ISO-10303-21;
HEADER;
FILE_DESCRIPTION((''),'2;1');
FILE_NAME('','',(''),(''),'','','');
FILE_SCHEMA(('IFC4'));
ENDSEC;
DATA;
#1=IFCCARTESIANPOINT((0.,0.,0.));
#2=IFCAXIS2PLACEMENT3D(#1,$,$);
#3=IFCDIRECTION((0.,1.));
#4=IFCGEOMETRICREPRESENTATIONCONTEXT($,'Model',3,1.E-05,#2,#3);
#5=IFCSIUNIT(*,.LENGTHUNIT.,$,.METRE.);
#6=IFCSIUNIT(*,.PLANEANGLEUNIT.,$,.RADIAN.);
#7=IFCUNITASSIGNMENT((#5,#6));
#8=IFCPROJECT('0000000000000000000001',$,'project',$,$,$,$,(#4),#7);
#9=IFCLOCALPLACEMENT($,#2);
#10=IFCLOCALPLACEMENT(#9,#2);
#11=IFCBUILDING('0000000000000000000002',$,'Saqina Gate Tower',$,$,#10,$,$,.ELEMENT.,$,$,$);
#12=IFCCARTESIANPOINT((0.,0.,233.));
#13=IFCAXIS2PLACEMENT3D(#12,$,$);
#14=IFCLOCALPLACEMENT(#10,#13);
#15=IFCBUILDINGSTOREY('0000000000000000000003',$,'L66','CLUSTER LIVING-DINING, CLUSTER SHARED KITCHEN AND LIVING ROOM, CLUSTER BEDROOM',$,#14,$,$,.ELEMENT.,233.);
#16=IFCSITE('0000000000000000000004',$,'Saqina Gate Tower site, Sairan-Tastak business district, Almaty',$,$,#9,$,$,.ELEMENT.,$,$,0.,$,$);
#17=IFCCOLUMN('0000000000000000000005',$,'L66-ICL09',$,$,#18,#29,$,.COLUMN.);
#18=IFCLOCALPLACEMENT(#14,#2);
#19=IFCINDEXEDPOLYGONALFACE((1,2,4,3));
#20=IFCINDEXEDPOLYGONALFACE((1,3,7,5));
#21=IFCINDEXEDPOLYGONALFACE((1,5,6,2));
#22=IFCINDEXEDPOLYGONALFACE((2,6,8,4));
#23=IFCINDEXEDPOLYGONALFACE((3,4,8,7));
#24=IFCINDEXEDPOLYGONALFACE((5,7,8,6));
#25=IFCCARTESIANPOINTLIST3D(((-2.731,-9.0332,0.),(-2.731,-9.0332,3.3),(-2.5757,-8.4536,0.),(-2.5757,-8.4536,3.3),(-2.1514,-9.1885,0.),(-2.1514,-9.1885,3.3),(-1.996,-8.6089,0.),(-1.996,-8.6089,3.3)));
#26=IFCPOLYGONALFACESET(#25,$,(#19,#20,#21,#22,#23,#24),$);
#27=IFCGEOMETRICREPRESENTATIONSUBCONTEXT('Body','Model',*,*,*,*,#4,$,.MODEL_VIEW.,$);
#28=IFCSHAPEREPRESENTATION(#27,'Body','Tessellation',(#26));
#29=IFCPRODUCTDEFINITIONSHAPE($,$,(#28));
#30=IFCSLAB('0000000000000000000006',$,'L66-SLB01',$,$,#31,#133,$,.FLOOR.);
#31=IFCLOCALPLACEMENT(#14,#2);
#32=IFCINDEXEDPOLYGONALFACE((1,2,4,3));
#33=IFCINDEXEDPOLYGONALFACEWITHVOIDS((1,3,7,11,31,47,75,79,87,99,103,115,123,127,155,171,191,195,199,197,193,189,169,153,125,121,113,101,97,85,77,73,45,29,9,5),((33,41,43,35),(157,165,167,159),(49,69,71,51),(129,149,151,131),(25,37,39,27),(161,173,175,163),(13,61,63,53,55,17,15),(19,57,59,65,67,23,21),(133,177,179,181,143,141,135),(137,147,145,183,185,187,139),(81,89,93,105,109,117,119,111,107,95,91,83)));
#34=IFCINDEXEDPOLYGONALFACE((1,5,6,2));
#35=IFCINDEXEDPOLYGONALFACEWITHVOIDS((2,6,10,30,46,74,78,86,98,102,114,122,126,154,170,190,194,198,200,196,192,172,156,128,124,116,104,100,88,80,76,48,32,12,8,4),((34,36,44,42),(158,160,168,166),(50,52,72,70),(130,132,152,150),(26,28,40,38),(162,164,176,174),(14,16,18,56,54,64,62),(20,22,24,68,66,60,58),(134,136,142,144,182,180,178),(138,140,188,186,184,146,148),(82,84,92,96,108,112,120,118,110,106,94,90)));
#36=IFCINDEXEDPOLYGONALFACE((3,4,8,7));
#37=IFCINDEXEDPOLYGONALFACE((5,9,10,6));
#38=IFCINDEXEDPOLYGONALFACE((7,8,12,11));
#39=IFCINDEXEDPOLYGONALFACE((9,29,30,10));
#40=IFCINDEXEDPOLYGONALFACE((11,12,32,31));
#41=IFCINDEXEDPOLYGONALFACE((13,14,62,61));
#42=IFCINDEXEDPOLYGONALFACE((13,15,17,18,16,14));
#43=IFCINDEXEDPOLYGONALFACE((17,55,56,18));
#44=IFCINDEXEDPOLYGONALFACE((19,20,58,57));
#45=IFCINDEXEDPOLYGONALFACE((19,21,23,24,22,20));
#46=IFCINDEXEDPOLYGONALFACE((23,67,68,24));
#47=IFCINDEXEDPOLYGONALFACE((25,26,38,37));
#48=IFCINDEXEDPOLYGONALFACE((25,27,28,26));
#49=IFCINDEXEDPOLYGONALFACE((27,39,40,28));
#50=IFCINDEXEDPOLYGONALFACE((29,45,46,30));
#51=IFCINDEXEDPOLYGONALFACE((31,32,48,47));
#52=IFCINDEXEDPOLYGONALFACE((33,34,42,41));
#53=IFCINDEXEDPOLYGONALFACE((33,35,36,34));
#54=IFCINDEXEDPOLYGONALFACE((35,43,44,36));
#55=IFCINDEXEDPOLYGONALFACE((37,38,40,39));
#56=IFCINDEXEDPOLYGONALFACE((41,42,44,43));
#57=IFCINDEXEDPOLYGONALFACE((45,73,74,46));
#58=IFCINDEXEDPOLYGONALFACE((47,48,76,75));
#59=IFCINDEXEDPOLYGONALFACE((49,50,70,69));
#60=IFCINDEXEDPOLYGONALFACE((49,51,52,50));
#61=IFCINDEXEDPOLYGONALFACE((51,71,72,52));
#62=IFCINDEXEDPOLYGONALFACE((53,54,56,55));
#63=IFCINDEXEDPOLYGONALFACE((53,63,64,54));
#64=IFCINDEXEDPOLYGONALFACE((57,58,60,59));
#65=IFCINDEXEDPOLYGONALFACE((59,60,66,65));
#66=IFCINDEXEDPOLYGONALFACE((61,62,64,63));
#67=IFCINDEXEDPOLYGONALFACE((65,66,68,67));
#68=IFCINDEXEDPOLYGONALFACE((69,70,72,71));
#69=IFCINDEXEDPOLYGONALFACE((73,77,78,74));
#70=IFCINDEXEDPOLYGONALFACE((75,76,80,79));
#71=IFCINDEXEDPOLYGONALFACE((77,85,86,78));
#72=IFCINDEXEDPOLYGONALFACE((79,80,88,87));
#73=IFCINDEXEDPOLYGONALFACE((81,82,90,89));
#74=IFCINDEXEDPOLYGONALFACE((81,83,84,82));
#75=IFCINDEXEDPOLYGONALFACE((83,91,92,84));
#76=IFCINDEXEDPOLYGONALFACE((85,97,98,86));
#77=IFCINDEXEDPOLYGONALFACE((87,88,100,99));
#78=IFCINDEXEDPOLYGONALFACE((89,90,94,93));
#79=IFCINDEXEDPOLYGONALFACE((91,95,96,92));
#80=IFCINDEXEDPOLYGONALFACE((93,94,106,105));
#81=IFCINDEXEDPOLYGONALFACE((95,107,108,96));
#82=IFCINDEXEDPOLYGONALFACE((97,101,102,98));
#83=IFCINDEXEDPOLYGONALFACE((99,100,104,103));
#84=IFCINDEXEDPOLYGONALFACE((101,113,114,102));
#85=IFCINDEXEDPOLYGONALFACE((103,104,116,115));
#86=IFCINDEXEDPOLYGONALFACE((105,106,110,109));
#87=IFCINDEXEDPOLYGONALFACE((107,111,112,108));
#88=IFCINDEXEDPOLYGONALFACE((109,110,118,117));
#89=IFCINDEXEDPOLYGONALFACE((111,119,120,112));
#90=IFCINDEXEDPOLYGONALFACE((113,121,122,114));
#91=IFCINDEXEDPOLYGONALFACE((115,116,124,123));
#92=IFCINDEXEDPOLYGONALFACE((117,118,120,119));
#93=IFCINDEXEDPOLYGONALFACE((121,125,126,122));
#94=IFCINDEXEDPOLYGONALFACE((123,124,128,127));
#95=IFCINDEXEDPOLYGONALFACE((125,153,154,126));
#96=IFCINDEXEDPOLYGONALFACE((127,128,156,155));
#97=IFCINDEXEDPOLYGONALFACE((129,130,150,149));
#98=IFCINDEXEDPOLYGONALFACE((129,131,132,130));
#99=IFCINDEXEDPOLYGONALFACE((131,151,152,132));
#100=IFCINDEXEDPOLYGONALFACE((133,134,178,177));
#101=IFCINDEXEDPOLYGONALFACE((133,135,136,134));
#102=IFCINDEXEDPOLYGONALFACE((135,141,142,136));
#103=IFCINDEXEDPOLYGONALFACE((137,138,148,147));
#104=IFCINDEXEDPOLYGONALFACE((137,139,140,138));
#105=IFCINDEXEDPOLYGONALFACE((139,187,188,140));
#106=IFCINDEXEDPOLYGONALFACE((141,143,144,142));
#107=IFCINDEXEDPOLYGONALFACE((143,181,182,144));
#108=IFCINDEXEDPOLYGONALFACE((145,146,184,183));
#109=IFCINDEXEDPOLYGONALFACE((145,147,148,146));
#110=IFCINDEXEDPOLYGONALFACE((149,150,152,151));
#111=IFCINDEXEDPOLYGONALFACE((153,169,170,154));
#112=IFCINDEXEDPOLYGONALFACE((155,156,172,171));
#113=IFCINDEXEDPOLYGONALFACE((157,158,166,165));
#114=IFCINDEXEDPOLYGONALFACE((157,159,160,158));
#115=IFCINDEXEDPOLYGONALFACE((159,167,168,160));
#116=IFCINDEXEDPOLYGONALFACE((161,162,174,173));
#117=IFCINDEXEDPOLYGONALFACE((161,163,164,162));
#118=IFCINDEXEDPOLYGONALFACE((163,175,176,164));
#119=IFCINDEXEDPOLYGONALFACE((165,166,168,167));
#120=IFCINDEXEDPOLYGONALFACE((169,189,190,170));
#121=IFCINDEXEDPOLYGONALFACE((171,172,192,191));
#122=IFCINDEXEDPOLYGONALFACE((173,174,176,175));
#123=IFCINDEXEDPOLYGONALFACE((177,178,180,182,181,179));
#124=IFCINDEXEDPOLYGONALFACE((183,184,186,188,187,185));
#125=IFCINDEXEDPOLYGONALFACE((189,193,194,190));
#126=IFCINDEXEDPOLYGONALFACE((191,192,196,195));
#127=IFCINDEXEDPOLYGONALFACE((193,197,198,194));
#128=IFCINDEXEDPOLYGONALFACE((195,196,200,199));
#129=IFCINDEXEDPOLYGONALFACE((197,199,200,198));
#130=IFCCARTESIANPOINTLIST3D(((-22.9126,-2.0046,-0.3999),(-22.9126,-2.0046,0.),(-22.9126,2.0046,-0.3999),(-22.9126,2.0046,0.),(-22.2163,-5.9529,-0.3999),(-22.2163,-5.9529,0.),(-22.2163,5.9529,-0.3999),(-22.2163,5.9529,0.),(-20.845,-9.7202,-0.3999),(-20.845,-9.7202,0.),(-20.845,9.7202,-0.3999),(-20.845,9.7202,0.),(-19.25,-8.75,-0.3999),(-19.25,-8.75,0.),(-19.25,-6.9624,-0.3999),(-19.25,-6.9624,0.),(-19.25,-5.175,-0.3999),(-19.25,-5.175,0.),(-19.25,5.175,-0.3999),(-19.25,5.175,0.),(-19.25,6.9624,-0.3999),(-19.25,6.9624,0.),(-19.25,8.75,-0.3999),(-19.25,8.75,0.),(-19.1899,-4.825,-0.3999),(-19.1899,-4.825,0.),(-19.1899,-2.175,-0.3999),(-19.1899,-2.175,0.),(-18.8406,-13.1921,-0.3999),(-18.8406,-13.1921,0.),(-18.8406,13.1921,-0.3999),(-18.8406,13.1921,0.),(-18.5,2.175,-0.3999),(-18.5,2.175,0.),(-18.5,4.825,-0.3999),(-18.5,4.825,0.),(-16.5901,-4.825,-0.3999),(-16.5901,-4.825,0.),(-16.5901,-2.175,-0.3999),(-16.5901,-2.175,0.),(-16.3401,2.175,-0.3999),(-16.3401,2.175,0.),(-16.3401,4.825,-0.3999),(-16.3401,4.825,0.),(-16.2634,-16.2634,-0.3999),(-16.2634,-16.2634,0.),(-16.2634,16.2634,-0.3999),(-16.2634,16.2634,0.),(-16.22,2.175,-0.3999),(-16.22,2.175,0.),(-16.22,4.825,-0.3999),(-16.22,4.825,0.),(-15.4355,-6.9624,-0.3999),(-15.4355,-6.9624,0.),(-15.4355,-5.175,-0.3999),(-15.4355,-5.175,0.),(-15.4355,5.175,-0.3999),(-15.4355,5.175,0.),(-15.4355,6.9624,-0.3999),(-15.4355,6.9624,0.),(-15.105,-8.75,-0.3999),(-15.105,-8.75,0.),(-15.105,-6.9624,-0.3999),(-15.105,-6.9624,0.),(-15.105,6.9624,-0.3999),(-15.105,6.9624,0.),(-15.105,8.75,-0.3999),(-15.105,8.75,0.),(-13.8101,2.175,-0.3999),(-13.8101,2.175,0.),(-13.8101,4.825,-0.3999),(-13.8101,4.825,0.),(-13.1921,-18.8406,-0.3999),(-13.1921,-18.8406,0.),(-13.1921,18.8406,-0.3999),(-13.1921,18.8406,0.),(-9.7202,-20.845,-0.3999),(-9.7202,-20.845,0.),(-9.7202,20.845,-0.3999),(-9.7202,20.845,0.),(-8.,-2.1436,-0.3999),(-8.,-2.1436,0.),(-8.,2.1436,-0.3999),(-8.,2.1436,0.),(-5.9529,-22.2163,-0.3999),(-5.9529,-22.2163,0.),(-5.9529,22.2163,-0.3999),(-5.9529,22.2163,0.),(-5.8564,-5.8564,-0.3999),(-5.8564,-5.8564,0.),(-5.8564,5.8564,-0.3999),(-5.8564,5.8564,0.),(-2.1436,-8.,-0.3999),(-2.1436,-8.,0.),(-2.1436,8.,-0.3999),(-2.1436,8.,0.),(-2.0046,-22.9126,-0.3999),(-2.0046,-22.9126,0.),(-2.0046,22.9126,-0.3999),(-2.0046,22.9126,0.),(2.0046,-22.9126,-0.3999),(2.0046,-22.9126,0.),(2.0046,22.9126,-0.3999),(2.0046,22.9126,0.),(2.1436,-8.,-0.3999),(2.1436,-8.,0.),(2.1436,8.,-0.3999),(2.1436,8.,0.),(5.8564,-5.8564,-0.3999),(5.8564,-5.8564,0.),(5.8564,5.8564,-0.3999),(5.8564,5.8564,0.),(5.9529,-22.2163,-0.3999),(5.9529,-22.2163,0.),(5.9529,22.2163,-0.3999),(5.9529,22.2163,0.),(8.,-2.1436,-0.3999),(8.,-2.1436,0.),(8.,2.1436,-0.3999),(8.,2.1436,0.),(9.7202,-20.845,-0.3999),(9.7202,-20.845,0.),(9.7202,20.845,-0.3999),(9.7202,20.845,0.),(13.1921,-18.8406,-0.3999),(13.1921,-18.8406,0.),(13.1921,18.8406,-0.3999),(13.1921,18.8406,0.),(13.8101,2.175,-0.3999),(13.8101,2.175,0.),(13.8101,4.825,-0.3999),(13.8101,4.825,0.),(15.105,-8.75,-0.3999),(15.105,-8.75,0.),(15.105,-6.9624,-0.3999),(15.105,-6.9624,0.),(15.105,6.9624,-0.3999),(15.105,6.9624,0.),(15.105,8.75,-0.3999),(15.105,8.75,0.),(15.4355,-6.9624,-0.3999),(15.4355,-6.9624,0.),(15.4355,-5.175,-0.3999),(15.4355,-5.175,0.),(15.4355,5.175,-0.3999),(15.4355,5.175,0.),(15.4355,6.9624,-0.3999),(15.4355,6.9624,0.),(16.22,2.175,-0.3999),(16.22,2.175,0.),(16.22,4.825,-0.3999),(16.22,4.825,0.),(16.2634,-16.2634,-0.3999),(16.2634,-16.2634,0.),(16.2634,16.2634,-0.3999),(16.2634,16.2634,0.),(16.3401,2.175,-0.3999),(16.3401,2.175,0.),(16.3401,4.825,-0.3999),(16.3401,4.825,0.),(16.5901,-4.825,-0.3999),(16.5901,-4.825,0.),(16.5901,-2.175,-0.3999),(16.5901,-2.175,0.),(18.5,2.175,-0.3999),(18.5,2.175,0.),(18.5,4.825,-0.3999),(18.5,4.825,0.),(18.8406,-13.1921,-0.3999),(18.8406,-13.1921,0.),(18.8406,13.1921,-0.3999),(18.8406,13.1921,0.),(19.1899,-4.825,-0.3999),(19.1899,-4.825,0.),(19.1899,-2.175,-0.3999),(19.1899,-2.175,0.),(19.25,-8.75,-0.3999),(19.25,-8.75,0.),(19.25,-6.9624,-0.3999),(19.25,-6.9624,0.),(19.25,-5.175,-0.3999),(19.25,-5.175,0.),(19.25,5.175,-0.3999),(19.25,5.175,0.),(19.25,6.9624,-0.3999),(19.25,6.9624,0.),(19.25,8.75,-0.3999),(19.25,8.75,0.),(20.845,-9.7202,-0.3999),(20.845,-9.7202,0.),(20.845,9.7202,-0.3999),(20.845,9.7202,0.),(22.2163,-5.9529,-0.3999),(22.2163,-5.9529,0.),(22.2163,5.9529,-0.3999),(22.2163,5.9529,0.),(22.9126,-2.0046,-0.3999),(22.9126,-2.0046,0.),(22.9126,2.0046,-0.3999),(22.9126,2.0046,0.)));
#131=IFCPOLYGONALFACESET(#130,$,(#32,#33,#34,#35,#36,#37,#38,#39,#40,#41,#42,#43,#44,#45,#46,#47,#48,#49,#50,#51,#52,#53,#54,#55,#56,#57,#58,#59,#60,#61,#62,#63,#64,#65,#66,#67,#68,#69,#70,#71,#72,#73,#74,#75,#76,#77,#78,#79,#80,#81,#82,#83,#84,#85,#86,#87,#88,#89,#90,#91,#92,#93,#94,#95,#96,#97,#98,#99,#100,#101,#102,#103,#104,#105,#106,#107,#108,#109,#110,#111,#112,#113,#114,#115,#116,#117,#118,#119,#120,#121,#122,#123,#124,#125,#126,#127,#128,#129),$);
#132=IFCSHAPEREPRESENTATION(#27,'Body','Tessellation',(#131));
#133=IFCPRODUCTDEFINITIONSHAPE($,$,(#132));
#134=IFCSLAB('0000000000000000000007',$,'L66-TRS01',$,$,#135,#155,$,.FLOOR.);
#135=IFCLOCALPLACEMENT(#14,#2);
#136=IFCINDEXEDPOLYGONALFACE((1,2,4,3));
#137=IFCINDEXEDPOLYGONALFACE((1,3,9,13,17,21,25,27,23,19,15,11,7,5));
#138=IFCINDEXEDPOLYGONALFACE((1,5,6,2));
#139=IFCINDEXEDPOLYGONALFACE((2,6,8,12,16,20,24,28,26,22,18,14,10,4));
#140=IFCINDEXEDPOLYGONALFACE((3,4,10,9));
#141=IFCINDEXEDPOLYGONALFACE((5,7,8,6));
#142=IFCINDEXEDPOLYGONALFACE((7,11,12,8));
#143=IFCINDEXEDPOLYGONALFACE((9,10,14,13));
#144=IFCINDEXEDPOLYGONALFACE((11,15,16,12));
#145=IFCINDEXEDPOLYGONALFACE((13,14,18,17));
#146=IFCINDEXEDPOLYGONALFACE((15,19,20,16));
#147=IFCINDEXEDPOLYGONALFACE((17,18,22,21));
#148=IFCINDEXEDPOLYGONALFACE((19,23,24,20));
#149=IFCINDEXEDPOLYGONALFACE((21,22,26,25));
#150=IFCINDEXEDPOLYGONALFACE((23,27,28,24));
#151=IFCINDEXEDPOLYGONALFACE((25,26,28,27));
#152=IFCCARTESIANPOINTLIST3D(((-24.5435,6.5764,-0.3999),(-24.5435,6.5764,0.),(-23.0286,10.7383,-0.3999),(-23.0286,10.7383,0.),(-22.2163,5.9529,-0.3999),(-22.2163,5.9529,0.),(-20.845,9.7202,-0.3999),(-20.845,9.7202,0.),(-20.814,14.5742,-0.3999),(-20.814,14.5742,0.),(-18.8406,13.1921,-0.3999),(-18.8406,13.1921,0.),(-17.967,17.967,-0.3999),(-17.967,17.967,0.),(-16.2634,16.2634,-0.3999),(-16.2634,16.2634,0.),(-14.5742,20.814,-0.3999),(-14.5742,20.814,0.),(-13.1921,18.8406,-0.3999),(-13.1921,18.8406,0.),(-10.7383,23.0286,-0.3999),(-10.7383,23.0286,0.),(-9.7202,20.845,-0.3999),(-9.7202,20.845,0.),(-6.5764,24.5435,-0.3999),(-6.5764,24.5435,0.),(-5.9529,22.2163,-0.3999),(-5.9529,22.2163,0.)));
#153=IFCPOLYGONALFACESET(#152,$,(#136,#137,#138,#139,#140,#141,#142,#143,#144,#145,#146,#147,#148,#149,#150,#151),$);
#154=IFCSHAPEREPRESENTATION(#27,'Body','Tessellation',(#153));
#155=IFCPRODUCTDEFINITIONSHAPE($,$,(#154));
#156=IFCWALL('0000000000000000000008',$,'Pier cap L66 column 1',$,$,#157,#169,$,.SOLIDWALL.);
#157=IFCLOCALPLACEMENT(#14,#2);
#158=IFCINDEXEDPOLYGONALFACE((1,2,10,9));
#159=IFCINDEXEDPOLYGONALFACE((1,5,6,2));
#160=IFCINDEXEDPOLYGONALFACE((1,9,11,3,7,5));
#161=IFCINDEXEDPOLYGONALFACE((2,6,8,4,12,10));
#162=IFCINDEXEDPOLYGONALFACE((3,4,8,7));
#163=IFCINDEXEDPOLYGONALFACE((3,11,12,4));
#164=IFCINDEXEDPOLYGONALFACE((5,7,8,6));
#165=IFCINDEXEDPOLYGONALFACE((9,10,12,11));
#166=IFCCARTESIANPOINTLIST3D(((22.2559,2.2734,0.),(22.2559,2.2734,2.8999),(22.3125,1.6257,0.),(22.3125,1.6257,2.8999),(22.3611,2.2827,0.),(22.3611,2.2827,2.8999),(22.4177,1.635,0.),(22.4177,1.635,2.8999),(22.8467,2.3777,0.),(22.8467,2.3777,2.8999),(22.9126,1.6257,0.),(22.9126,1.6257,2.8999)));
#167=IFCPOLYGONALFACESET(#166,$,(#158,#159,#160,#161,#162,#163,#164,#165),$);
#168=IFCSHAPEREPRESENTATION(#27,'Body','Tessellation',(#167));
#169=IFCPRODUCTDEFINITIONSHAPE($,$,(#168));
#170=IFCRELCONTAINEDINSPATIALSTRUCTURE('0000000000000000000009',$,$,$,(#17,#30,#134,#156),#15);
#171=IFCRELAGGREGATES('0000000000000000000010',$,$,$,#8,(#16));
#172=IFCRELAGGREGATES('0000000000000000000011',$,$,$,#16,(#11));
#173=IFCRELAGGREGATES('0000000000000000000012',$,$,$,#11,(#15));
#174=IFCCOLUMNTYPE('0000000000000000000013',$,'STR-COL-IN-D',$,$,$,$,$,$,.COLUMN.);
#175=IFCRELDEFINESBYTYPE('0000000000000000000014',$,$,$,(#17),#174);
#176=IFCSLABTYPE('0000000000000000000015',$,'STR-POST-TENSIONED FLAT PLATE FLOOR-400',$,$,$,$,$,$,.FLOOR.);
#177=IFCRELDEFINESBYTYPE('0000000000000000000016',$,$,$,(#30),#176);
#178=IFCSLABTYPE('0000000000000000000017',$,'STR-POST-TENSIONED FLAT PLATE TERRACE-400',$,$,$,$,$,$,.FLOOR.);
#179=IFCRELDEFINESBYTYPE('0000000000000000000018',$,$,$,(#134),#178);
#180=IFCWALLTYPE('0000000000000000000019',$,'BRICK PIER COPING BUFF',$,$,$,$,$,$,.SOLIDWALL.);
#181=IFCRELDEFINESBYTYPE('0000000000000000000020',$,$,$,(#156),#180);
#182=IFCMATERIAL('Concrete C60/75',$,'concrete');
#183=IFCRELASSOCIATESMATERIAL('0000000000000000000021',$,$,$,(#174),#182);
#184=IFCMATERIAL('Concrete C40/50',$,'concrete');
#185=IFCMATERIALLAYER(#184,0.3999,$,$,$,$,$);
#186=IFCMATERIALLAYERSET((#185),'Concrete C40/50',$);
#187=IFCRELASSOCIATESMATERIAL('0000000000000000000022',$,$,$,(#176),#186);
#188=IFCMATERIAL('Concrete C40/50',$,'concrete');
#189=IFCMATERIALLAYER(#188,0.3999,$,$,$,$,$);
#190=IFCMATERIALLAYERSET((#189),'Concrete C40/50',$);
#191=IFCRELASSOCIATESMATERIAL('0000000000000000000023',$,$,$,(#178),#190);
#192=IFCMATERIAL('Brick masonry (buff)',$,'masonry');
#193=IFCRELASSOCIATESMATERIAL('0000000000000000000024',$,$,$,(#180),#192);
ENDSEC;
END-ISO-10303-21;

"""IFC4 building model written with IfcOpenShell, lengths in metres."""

from ifc_helpers import new_model, si_unit, direction, frame, origin, origin_2d, place, context, subcontext, project, spatial, polyline, rectangle, outline, extrude, material, layer, layer_set, material_profile, profile_set, type_object, element, save


model = new_model("IFC4")

# Units and contexts
model_context = context("Model", 3, precision=1e-05, world=origin(), true_north=direction((0.0, 1.0)))
body_context = subcontext(model_context, "Body", "Model", "MODEL_VIEW")
ifc_project = project(units=[si_unit("LENGTHUNIT", "METRE"), si_unit("PLANEANGLEUNIT", "RADIAN")], contexts=[model_context])

# Site, building, storey
site_placement = place(None, origin())
site = spatial("IfcSite", under=ifc_project, at=site_placement, Name="Saqina Gate Tower site, Sairan-Tastak business district, Almaty", CompositionType="ELEMENT", RefElevation=0.0)
building_placement = place(site_placement, origin())
building = spatial("IfcBuilding", under=site, at=building_placement, Name="Saqina Gate Tower", CompositionType="ELEMENT")
storey_placement = place(building_placement, frame((0.0, 0.0, 233.0)))
storey = spatial("IfcBuildingStorey", under=building, at=storey_placement, Name="L66", Description="CLUSTER LIVING-DINING, CLUSTER SHARED KITCHEN AND LIVING ROOM, CLUSTER BEDROOM", CompositionType="ELEMENT", Elevation=233.0)

# Column
ifc_material_1 = material(Name="Concrete C60/75", Category="concrete")
ifc_material_profile = material_profile(ifc_material_1, rectangle(XDim=0.6001, YDim=0.6001, at=origin_2d()), Name="RC 600x600")
ifc_profile_set = profile_set([ifc_material_profile], Name="Concrete C60/75")
column_type = type_object("IfcColumnType", Name="STR-COL-IN-D", PredefinedType="COLUMN", material=ifc_profile_set)
column_placement = place(storey_placement, frame((-2.3635, -8.821, 0.0), z_axis=(0.0, 0.0, 1.0), x_axis=(-0.258819, -0.965926, 0.0)))
element("IfcColumn", 1, at=column_placement, inside=storey, type_object=column_type, Name="L66-ICL09", PredefinedType="COLUMN", context=body_context, shape_type="SweptSolid", body=[
    extrude(rectangle(XDim=0.6001, YDim=0.6001, at=origin_2d()), origin(), (0.0, 0.0, 1.0), 3.3),
])

# Slabs
ifc_material_2 = material(Name="Concrete C40/50", Category="concrete")
ifc_layer_1 = layer(ifc_material_2, 0.3999)
ifc_layer_set_1 = layer_set([ifc_layer_1], Name="Concrete C40/50")
slab_type_1 = type_object("IfcSlabType", Name="STR-POST-TENSIONED FLAT PLATE FLOOR-400", PredefinedType="FLOOR", material=ifc_layer_set_1)
slab_1_placement = place(storey_placement, frame((0.0, 0.0, -0.3999)))
element("IfcSlab", 2, at=slab_1_placement, inside=storey, type_object=slab_type_1, Name="L66-SLB01", PredefinedType="FLOOR", context=body_context, shape_type="SweptSolid", body=[
    extrude(outline(polyline([(22.2163, -5.9529), (22.9126, -2.0046), (22.9126, 2.0046), (22.2163, 5.9529), (20.845, 9.7202), (18.8406, 13.1921), (16.2634, 16.2634), (13.1921, 18.8406), (9.7202, 20.845), (5.9529, 22.2163), (2.0046, 22.9126), (-2.0046, 22.9126), (-5.9529, 22.2163), (-9.7202, 20.845), (-13.1921, 18.8406), (-16.2634, 16.2634), (-18.8406, 13.1921), (-20.845, 9.7202), (-22.2163, 5.9529), (-22.9126, 2.0046), (-22.9126, -2.0046), (-22.2163, -5.9529), (-20.845, -9.7202), (-18.8406, -13.1921), (-16.2634, -16.2634), (-13.1921, -18.8406), (-9.7202, -20.845), (-5.9529, -22.2163), (-2.0046, -22.9126), (2.0046, -22.9126), (5.9529, -22.2163), (9.7202, -20.845), (13.1921, -18.8406), (16.2634, -16.2634), (18.8406, -13.1921), (20.845, -9.7202), (22.2163, -5.9529)]), holes=[polyline([(2.1436, 8.0), (5.8564, 5.8564), (8.0, 2.1436), (8.0, -2.1436), (5.8564, -5.8564), (2.1436, -8.0), (-2.1436, -8.0), (-5.8564, -5.8564), (-8.0, -2.1436), (-8.0, 2.1436), (-5.8564, 5.8564), (-2.1436, 8.0), (2.1436, 8.0)]), polyline([(-15.105, -8.75), (-19.25, -8.75), (-19.25, -6.9624), (-19.25, -5.175), (-15.4355, -5.175), (-15.4355, -6.9624), (-15.105, -6.9624), (-15.105, -8.75)]), polyline([(-16.5901, -2.175), (-16.5901, -4.825), (-19.1899, -4.825), (-19.1899, -2.175), (-16.5901, -2.175)]), polyline([(-16.3401, 4.825), (-16.3401, 2.175), (-18.5, 2.175), (-18.5, 4.825), (-16.3401, 4.825)]), polyline([(-13.8101, 4.825), (-13.8101, 2.175), (-16.22, 2.175), (-16.22, 4.825), (-13.8101, 4.825)]), polyline([(-19.25, 6.9624), (-19.25, 8.75), (-15.105, 8.75), (-15.105, 6.9624), (-15.4355, 6.9624), (-15.4355, 5.175), (-19.25, 5.175), (-19.25, 6.9624)]), polyline([(15.105, -8.75), (15.105, -6.9624), (15.4355, -6.9624), (15.4355, -5.175), (19.25, -5.175), (19.25, -6.9624), (19.25, -8.75), (15.105, -8.75)]), polyline([(19.1899, -2.175), (19.1899, -4.825), (16.5901, -4.825), (16.5901, -2.175), (19.1899, -2.175)]), polyline([(16.22, 4.825), (16.22, 2.175), (13.8101, 2.175), (13.8101, 4.825), (16.22, 4.825)]), polyline([(18.5, 4.825), (18.5, 2.175), (16.3401, 2.175), (16.3401, 4.825), (18.5, 4.825)]), polyline([(15.4355, 6.9624), (15.105, 6.9624), (15.105, 8.75), (19.25, 8.75), (19.25, 6.9624), (19.25, 5.175), (15.4355, 5.175), (15.4355, 6.9624)])]), origin(), (0.0, 0.0, 1.0), 0.3999),
])
ifc_material_3 = material(Name="Concrete C40/50", Category="concrete")
ifc_layer_2 = layer(ifc_material_3, 0.3999)
ifc_layer_set_2 = layer_set([ifc_layer_2], Name="Concrete C40/50")
slab_type_2 = type_object("IfcSlabType", Name="STR-POST-TENSIONED FLAT PLATE TERRACE-400", PredefinedType="FLOOR", material=ifc_layer_set_2)
slab_2_placement = place(storey_placement, frame((0.0, 0.0, -0.3999)))
element("IfcSlab", 3, at=slab_2_placement, inside=storey, type_object=slab_type_2, Name="L66-TRS01", PredefinedType="FLOOR", context=body_context, shape_type="SweptSolid", body=[
    extrude(outline(polyline([(-5.9529, 22.2163), (-9.7202, 20.845), (-13.1921, 18.8406), (-16.2634, 16.2634), (-18.8406, 13.1921), (-20.845, 9.7202), (-22.2163, 5.9529), (-24.5435, 6.5764), (-23.0286, 10.7383), (-20.814, 14.5742), (-17.967, 17.967), (-14.5742, 20.814), (-10.7383, 23.0286), (-6.5764, 24.5435), (-5.9529, 22.2163)])), origin(), (0.0, 0.0, 1.0), 0.3999),
])

# Wall
ifc_material_4 = material(Name="Brick masonry (buff)", Category="masonry")
wall_type_1 = type_object("IfcWallType", Name="BRICK PIER COPING BUFF", PredefinedType="SOLIDWALL", material=ifc_material_4)
wall_1_placement = place(storey_placement, origin())
element("IfcWall", 4, at=wall_1_placement, inside=storey, type_object=wall_type_1, Name="Pier cap L66 column 1", PredefinedType="SOLIDWALL", context=body_context, shape_type="SweptSolid", body=[
    extrude(outline(polyline([(22.9126, 1.6257), (22.8467, 2.3777), (22.2559, 2.2734), (22.3611, 2.2827), (22.4177, 1.635), (22.3125, 1.6257), (22.9126, 1.6257)])), origin(), (0.0, 0.0, 1.0), 2.8999),
])

save(model, "model.ifc")
